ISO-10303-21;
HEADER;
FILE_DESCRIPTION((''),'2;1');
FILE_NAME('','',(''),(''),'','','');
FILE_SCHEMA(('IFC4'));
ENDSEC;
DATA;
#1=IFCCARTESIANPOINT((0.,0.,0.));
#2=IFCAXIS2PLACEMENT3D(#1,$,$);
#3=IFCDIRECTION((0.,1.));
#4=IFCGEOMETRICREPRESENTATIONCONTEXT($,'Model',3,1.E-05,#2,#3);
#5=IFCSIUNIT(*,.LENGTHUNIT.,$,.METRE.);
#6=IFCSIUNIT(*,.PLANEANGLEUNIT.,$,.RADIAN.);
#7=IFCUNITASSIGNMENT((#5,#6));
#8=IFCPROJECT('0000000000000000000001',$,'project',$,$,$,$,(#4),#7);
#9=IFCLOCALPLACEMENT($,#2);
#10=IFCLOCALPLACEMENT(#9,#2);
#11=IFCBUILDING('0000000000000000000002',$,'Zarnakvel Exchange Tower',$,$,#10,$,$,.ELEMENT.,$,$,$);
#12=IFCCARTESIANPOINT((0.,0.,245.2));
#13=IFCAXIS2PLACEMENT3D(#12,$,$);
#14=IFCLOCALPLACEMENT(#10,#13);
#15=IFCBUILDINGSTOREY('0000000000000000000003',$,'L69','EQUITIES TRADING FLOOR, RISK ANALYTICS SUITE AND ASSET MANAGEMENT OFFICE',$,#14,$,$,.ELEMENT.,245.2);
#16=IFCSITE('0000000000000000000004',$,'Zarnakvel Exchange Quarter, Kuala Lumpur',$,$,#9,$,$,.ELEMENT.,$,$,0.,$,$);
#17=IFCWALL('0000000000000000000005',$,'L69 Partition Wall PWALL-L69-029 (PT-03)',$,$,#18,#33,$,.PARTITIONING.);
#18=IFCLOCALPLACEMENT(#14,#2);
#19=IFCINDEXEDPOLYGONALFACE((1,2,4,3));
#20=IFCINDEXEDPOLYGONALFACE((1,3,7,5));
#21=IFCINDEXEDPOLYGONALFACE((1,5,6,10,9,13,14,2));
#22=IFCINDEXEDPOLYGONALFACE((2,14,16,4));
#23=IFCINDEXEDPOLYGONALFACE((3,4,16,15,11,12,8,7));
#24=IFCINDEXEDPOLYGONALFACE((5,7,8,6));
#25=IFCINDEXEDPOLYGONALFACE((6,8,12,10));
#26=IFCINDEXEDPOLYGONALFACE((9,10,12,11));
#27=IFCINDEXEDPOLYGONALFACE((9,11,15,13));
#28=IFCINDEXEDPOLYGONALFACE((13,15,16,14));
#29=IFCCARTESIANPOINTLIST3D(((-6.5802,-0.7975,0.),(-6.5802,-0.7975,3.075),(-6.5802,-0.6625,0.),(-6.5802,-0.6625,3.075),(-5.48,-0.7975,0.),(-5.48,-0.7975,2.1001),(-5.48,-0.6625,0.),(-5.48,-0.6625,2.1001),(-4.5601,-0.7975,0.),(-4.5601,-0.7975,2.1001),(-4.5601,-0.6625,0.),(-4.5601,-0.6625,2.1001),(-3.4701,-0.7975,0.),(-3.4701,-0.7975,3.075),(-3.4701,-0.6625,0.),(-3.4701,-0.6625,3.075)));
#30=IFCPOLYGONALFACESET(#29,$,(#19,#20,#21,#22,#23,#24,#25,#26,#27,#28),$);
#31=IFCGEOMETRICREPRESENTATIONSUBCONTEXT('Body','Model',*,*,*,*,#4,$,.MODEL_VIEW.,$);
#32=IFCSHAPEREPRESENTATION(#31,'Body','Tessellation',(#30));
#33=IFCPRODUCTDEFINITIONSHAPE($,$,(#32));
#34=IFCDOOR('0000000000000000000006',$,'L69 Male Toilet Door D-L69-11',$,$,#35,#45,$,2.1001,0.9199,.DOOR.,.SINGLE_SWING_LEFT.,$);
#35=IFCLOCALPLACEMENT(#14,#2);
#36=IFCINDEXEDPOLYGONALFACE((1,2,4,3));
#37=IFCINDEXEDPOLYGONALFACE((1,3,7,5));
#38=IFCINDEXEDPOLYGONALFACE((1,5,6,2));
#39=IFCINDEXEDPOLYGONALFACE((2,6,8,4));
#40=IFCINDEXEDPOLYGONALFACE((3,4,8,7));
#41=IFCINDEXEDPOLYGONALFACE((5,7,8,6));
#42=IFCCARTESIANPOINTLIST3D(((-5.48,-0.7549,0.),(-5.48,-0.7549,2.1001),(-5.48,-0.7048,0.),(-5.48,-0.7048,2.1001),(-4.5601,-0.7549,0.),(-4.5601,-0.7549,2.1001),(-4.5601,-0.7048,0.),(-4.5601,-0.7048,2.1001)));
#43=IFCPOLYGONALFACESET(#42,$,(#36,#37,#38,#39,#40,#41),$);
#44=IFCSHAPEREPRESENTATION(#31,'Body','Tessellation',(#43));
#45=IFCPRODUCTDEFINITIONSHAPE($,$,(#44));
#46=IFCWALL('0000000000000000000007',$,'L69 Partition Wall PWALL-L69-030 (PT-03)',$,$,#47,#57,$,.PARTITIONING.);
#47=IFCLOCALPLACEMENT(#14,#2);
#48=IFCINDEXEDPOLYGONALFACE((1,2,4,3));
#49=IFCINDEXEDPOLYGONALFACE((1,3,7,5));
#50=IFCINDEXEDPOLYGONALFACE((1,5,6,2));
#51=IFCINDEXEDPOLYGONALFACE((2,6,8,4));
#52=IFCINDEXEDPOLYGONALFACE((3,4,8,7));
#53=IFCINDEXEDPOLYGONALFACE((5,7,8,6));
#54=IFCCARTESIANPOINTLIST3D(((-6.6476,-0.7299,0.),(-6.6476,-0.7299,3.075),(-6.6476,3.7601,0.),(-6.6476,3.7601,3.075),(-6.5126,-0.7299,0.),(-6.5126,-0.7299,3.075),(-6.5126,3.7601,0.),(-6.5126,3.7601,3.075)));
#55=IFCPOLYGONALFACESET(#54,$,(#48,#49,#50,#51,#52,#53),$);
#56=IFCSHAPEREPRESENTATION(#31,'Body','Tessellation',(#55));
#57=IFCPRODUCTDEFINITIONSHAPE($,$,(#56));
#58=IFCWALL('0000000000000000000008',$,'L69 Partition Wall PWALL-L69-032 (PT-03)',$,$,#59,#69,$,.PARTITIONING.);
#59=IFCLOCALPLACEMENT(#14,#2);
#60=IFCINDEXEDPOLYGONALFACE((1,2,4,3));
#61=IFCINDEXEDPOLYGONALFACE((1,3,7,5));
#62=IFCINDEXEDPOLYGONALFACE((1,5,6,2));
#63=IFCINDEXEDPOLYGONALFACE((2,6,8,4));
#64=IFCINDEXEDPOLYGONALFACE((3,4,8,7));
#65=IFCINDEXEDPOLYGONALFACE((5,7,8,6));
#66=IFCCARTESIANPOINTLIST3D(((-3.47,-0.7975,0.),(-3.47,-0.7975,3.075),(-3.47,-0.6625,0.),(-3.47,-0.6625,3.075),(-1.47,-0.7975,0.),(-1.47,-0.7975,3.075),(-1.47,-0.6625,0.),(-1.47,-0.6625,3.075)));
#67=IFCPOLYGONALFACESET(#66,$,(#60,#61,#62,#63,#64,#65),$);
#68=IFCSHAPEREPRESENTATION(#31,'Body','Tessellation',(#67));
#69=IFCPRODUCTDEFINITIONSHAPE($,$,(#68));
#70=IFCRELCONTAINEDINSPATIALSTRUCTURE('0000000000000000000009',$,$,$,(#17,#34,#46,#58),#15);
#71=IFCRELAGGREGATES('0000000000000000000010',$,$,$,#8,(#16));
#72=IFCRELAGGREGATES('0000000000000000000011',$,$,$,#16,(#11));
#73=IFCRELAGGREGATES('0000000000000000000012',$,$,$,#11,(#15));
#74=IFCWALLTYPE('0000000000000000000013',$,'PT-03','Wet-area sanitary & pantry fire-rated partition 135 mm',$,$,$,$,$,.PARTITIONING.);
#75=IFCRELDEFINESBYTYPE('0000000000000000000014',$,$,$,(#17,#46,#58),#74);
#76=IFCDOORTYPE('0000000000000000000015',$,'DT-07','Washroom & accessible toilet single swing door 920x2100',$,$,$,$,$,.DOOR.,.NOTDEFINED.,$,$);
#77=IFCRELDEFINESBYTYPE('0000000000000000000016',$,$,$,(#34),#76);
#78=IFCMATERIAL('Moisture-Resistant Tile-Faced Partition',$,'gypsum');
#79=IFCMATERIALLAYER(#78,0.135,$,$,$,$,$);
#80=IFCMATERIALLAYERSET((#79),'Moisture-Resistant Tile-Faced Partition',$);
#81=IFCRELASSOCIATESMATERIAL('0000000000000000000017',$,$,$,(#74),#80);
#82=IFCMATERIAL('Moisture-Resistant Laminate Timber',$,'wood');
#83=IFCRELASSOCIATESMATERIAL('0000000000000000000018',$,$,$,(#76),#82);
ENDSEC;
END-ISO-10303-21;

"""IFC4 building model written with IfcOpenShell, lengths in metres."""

from ifc_helpers import new_model, si_unit, direction, frame, frame_2d, origin, place, context, subcontext, project, spatial, rectangle, extrude, source, transform, mapped, material, layer, layer_set, type_object, element, fill, save


model = new_model("IFC4")

# Units and contexts
model_context = context("Model", 3, precision=1e-05, world=origin(), true_north=direction((0.0, 1.0)))
body_context = subcontext(model_context, "Body", "Model", "MODEL_VIEW")
ifc_project = project(units=[si_unit("LENGTHUNIT", "METRE"), si_unit("PLANEANGLEUNIT", "RADIAN")], contexts=[model_context])

# Site, building, storey
site_placement = place(None, origin())
site = spatial("IfcSite", under=ifc_project, at=site_placement, Name="Zarnakvel Exchange Quarter, Kuala Lumpur", CompositionType="ELEMENT", RefElevation=0.0)
building_placement = place(site_placement, origin())
building = spatial("IfcBuilding", under=site, at=building_placement, Name="Zarnakvel Exchange Tower", CompositionType="ELEMENT")
storey_placement = place(building_placement, frame((0.0, 0.0, 245.2)))
storey = spatial("IfcBuildingStorey", under=building, at=storey_placement, Name="L69", Description="EQUITIES TRADING FLOOR, RISK ANALYTICS SUITE AND ASSET MANAGEMENT OFFICE", CompositionType="ELEMENT", Elevation=245.2)

# Wall, opening, door
ifc_material_1 = material(Name="Moisture-Resistant Tile-Faced Partition", Category="gypsum")
ifc_layer_1 = layer(ifc_material_1, 0.135)
ifc_layer_set_1 = layer_set([ifc_layer_1], Name="Moisture-Resistant Tile-Faced Partition")
wall_type_1 = type_object("IfcWallType", Name="PT-03", Description="Wet-area sanitary & pantry fire-rated partition 135 mm", PredefinedType="PARTITIONING", material=ifc_layer_set_1)
wall_1_placement = place(storey_placement, frame((-3.47, -0.73, 0.0), z_axis=(0.0, 0.0, 1.0), x_axis=(-1.0, 0.0, 0.0)))
wall_1 = element("IfcWall", 1, at=wall_1_placement, inside=storey, type_object=wall_type_1, Name="L69 Partition Wall PWALL-L69-029 (PT-03)", PredefinedType="PARTITIONING", context=body_context, shape_type="SweptSolid", body=[
    extrude(rectangle(XDim=3.1101, YDim=0.135, at=frame_2d((1.5552, 0.0))), origin(), (0.0, 0.0, 1.0), 3.075),
])
opening_1_placement = place(wall_1_placement, frame((1.0901, 0.0, 0.0)))
opening_1 = element("IfcOpeningElement", 2, at=opening_1_placement, cuts=wall_1, PredefinedType="OPENING", context=body_context, shape_type="SweptSolid", body=[
    extrude(rectangle(XDim=0.9199, YDim=2.1001, at=frame_2d((0.46, 1.05))), frame((0.0, 0.0774, 0.0), z_axis=(0.0, -1.0, 0.0), x_axis=(1.0, 0.0, 0.0)), (0.0, 0.0, 1.0), 0.155),
])
ifc_material_2 = material(Name="Moisture-Resistant Laminate Timber", Category="wood")
door_type_1 = type_object("IfcDoorType", Name="DT-07", Description="Washroom & accessible toilet single swing door 920x2100", OperationType="NOTDEFINED", PredefinedType="DOOR", material=ifc_material_2)
shared_shape_1 = source(origin(), body_context, "Body", "SweptSolid", [
    extrude(rectangle(XDim=0.9199, YDim=2.1001, at=frame_2d((0.46, 1.05))), frame((0.0, 0.0249, 0.0), z_axis=(0.0, -1.0, 0.0), x_axis=(1.0, 0.0, 0.0)), (0.0, 0.0, 1.0), 0.05),
])
door_1_placement = place(opening_1_placement, origin())
door_1 = element("IfcDoor", 3, at=door_1_placement, inside=storey, type_object=door_type_1, Name="L69 Male Toilet Door D-L69-11", OperationType="SINGLE_SWING_LEFT", OverallHeight=2.1001, OverallWidth=0.9199, PredefinedType="DOOR", context=body_context, shape_type="MappedRepresentation", body=[
    mapped(shared_shape_1, transform((0.0, 0.0, 0.0), x_axis=(1.0, 0.0, 0.0), y_axis=(0.0, 1.0, 0.0), z_axis=(0.0, 0.0, 1.0), scale=1.0)),
])
fill(opening_1, door_1)

# Walls
wall_2_placement = place(storey_placement, frame((-6.5801, -0.73, 0.0), z_axis=(0.0, 0.0, 1.0), x_axis=(0.0, 1.0, 0.0)))
element("IfcWall", 4, at=wall_2_placement, inside=storey, type_object=wall_type_1, Name="L69 Partition Wall PWALL-L69-030 (PT-03)", PredefinedType="PARTITIONING", context=body_context, shape_type="SweptSolid", body=[
    extrude(rectangle(XDim=4.49, YDim=0.135, at=frame_2d((2.2451, 0.0))), origin(), (0.0, 0.0, 1.0), 3.075),
])
wall_3_placement = place(storey_placement, frame((-1.47, -0.73, 0.0), z_axis=(0.0, 0.0, 1.0), x_axis=(-1.0, 0.0, 0.0)))
element("IfcWall", 5, at=wall_3_placement, inside=storey, type_object=wall_type_1, Name="L69 Partition Wall PWALL-L69-032 (PT-03)", PredefinedType="PARTITIONING", context=body_context, shape_type="SweptSolid", body=[
    extrude(rectangle(XDim=2.0, YDim=0.135, at=frame_2d((1.0, 0.0))), origin(), (0.0, 0.0, 1.0), 3.075),
])

save(model, "model.ifc")
